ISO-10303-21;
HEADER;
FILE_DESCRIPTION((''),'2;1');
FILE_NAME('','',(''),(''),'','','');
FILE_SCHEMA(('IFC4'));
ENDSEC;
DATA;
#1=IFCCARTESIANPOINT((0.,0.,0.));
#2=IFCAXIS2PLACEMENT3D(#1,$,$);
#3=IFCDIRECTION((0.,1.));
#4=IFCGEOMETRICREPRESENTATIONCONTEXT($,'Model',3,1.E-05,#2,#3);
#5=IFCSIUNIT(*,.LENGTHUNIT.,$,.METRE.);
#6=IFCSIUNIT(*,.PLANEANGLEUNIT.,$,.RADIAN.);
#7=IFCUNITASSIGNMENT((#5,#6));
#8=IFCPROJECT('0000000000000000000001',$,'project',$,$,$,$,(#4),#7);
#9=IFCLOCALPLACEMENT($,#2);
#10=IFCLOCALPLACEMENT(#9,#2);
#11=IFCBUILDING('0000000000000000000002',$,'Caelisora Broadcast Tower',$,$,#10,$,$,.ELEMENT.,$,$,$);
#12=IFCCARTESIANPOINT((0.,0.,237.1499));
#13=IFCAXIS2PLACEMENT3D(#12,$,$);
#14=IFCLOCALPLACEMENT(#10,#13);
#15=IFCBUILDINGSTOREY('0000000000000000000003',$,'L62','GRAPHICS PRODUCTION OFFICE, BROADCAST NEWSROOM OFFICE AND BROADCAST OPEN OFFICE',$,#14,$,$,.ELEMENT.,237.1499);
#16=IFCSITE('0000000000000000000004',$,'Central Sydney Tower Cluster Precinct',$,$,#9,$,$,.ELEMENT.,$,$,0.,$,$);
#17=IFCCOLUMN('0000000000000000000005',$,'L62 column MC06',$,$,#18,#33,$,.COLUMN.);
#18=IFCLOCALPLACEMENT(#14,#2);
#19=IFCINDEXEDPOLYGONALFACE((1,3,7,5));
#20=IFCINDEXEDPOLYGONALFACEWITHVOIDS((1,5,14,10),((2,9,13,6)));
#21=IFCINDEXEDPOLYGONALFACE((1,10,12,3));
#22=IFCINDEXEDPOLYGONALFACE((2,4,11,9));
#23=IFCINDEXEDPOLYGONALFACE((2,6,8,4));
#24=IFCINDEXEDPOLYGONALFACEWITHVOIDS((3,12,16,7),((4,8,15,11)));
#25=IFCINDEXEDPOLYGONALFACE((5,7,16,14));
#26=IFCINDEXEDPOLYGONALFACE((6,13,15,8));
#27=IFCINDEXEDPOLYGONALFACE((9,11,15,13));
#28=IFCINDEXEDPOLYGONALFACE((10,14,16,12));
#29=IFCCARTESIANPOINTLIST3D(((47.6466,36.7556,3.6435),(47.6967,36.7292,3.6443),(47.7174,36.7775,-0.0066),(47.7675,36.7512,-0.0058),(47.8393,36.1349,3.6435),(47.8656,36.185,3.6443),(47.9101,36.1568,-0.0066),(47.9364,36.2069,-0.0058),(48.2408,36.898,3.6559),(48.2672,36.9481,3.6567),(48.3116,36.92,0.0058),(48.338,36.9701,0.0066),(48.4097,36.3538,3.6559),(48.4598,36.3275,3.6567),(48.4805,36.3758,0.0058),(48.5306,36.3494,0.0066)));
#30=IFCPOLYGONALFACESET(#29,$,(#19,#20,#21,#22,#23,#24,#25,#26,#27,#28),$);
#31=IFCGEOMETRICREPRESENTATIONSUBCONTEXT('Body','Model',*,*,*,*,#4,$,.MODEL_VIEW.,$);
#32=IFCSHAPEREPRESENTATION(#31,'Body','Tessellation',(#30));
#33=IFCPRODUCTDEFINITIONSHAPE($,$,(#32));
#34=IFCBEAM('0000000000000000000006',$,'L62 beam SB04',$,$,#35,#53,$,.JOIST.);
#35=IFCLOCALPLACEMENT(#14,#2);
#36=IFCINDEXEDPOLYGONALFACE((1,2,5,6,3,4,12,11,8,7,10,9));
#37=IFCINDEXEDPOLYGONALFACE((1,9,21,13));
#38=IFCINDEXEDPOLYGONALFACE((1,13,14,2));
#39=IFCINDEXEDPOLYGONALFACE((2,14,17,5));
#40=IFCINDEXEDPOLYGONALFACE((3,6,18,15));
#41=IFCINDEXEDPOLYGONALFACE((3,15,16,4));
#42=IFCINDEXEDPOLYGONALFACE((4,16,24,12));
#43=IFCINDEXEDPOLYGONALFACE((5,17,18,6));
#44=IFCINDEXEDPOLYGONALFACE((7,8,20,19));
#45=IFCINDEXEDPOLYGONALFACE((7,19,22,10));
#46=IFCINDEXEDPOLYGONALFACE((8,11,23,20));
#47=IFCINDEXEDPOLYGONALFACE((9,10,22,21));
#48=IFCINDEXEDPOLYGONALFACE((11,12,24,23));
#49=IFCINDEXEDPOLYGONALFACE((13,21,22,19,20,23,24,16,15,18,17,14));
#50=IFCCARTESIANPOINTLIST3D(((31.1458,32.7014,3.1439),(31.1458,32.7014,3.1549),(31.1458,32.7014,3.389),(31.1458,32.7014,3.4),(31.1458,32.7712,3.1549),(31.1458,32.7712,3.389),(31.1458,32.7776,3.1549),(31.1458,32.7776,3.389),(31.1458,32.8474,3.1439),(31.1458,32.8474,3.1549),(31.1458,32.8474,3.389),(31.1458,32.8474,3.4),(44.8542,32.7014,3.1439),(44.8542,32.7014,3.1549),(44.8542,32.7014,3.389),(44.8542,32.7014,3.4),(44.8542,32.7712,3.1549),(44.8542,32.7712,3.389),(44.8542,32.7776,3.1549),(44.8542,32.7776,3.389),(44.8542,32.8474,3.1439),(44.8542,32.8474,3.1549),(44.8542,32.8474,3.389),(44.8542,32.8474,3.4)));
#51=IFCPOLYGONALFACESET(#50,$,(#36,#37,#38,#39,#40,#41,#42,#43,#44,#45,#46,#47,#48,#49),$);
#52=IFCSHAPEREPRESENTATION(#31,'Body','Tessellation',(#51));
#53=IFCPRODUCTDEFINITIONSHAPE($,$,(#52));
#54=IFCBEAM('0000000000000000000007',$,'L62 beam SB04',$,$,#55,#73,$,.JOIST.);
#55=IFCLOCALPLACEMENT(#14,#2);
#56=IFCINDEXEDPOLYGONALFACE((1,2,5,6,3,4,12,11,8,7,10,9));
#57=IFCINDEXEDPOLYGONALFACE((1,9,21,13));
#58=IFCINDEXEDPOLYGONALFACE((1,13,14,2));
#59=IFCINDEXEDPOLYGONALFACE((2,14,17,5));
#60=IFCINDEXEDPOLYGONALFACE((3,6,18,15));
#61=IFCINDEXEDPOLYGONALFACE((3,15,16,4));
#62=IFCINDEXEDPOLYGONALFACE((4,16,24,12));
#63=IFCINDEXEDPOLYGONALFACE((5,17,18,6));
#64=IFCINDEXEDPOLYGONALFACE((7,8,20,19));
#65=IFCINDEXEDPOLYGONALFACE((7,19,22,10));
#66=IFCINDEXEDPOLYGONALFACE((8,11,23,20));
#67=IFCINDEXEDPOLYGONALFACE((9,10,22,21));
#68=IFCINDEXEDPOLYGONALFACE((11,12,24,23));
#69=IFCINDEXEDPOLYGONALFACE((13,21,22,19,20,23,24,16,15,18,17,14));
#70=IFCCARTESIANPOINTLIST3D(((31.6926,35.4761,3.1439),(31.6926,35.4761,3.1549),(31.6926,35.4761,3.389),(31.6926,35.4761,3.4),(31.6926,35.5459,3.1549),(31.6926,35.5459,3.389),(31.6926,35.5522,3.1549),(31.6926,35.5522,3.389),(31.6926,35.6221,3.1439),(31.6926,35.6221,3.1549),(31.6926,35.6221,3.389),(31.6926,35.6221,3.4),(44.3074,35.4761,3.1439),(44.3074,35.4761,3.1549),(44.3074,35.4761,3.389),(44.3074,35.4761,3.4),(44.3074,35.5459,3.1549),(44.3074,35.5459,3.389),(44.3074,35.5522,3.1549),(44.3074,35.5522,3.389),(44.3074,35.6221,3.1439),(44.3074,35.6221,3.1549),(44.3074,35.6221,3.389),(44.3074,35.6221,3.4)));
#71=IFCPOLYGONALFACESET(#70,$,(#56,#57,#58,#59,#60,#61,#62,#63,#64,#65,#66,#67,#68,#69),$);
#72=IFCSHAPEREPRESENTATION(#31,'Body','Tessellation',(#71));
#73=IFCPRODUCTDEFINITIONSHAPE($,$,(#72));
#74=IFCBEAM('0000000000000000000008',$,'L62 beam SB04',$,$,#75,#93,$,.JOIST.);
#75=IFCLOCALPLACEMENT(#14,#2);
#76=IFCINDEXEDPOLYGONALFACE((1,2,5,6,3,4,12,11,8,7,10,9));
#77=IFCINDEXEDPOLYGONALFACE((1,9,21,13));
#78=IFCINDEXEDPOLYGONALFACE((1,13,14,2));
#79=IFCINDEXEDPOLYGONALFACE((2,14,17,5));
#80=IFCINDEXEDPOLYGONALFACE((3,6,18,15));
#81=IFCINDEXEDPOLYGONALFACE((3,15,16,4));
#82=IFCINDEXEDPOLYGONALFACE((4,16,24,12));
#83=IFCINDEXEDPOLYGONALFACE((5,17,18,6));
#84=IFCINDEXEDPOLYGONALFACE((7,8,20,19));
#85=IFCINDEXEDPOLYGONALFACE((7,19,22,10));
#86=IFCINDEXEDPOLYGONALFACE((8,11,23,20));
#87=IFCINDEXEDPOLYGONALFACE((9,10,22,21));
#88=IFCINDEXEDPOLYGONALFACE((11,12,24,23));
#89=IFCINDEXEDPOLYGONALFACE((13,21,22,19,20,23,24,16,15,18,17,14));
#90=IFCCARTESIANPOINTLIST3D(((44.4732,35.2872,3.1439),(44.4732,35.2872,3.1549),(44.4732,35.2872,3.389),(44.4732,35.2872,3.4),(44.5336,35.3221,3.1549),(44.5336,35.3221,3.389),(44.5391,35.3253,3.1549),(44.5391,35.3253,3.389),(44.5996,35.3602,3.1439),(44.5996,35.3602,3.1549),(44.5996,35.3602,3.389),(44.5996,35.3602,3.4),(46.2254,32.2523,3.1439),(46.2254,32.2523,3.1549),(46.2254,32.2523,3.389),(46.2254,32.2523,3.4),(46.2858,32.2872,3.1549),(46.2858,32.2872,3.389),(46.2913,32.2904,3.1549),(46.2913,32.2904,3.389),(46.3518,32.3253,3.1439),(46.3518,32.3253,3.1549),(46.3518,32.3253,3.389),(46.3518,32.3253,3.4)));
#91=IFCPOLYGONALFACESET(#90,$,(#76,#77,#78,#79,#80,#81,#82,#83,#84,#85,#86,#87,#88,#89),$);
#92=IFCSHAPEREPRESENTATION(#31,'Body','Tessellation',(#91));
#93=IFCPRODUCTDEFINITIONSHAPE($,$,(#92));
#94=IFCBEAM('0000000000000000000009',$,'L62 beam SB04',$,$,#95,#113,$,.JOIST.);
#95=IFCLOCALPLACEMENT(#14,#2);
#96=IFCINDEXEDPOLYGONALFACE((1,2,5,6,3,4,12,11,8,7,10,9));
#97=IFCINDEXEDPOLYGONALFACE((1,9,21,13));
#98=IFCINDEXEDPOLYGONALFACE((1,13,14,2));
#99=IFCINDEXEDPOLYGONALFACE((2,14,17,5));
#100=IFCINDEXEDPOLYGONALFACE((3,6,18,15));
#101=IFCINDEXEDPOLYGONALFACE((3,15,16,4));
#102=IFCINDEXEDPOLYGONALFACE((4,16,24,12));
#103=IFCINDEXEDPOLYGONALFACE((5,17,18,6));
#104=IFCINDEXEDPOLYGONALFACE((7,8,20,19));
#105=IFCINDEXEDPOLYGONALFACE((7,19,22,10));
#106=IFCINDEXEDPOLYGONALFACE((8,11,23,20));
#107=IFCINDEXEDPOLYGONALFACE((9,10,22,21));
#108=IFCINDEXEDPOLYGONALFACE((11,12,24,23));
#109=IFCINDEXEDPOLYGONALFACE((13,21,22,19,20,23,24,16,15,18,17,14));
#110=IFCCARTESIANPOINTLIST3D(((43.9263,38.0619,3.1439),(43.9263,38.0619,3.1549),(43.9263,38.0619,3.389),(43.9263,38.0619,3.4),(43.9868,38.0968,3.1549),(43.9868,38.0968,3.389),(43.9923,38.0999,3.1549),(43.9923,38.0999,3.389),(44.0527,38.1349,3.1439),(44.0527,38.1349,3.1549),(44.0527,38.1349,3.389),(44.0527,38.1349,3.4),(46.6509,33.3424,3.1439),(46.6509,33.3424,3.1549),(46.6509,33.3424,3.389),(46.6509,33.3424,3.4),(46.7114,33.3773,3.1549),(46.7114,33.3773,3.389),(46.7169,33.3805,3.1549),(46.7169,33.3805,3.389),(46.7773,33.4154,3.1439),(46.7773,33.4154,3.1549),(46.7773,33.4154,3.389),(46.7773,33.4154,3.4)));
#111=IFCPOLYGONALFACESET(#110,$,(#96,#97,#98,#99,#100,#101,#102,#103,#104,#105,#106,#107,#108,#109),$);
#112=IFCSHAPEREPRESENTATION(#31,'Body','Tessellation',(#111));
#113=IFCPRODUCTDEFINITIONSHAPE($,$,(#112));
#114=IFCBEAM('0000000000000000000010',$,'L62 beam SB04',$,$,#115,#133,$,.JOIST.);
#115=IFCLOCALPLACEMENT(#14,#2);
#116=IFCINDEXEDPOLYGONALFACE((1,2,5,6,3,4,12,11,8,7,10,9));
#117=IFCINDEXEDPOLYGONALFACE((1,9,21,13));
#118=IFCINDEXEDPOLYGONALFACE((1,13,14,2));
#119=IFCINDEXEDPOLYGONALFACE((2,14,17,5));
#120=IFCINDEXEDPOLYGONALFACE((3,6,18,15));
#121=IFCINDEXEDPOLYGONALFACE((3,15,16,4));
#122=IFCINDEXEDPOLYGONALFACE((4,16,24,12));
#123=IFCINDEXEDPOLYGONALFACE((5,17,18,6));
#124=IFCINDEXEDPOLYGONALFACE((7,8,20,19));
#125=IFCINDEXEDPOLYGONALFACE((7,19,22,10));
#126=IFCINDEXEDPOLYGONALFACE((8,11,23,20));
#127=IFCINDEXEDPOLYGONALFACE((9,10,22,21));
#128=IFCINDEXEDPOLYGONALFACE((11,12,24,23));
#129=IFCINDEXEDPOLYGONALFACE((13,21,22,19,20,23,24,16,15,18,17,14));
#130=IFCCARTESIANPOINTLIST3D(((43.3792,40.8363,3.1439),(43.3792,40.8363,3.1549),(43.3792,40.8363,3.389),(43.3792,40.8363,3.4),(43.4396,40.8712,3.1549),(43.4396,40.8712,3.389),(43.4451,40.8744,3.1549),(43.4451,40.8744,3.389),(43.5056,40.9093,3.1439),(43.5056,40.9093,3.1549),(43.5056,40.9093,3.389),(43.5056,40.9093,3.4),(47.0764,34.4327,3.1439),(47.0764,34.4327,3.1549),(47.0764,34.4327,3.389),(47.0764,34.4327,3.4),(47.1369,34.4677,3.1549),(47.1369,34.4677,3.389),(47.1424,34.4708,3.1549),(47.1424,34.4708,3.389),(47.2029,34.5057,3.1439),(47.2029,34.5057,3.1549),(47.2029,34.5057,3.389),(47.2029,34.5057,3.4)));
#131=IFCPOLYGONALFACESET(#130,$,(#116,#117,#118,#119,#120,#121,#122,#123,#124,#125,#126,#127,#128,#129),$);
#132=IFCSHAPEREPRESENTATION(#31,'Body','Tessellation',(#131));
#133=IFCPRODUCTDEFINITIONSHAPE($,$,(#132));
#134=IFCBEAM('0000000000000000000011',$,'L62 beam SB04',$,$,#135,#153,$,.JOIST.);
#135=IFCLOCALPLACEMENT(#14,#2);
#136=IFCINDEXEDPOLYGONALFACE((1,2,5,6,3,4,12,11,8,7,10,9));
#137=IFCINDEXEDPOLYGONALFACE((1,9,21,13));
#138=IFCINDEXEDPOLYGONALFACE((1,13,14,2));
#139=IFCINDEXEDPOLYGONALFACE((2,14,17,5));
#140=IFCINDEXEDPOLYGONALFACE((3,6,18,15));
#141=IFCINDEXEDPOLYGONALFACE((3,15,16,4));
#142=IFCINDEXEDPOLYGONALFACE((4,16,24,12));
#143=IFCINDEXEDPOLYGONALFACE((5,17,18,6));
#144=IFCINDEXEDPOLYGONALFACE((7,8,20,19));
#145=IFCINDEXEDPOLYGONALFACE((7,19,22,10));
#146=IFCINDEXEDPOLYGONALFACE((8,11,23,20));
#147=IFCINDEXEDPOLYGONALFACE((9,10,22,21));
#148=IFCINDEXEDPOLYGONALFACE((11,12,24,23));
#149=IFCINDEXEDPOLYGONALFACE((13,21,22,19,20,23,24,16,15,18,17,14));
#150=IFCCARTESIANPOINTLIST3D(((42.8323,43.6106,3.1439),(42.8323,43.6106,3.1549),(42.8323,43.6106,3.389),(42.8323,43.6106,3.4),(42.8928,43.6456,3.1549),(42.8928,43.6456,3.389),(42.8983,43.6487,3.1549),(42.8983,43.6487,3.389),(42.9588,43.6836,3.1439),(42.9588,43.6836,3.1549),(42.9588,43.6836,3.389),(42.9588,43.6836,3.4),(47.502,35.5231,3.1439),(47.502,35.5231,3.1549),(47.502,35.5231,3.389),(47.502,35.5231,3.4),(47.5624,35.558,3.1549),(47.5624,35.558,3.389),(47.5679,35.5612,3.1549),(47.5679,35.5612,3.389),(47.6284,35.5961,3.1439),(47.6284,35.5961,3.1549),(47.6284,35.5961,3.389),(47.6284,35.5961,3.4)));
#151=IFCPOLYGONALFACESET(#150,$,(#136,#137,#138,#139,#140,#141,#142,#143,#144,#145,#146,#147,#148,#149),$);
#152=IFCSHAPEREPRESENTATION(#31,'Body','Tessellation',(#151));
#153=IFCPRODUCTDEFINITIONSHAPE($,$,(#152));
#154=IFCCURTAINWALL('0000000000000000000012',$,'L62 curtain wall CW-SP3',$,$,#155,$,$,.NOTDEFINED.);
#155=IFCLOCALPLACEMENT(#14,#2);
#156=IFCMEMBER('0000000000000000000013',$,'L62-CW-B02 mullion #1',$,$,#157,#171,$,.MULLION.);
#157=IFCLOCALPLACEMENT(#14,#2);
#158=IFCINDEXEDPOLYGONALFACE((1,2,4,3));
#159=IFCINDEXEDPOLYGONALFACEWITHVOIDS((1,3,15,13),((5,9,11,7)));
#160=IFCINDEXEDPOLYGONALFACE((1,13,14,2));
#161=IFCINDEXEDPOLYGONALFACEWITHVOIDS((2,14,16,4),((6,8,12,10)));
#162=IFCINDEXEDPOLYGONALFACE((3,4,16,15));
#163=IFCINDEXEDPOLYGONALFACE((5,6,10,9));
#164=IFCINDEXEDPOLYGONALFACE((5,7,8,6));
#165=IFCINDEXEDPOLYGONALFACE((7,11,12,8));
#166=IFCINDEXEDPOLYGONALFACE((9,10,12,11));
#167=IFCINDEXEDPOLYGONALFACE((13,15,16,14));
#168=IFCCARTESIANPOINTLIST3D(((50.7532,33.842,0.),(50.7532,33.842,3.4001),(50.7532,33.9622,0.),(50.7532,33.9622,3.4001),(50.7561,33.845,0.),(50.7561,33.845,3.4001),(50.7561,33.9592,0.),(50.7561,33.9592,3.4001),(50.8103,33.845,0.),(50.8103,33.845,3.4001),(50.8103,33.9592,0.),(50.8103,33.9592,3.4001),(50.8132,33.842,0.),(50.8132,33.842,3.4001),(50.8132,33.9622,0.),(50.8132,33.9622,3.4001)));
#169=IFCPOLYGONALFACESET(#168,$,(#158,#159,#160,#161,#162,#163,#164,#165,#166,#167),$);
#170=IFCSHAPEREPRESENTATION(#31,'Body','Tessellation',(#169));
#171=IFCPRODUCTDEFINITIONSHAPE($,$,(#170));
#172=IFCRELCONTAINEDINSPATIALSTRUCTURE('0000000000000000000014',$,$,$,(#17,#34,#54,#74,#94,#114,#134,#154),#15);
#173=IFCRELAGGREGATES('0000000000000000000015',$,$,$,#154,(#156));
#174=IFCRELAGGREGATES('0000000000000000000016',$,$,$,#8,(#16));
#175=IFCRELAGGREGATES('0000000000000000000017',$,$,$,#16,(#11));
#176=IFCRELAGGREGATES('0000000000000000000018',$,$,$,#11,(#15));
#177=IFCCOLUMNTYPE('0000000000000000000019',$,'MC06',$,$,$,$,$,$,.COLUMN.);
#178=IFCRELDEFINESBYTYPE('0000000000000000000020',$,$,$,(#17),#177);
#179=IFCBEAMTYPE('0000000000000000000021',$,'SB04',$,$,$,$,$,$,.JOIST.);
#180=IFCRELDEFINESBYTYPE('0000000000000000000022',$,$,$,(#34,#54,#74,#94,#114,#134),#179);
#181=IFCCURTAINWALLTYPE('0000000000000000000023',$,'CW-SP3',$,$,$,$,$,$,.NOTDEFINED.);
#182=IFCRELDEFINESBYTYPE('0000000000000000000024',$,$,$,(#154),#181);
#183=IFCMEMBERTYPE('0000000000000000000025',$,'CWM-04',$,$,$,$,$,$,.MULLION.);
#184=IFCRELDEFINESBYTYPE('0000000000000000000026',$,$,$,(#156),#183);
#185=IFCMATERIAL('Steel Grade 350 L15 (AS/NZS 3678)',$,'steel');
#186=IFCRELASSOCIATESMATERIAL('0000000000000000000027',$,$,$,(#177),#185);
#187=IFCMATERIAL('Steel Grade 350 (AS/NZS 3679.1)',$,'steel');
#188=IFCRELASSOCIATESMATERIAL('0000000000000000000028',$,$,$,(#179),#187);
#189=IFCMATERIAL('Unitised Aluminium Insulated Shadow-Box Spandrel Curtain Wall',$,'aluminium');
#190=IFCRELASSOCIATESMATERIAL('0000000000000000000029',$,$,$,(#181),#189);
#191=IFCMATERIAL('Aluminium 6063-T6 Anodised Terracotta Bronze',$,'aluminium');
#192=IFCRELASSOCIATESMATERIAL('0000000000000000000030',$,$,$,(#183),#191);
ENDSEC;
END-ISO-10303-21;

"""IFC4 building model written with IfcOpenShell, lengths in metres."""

from ifc_helpers import new_model, si_unit, direction, frame, origin, origin_2d, place, context, subcontext, project, spatial, hollow_rectangle, i_section, extrude, source, transform, mapped, material, material_profile, profile_set, type_object, type_shapes, element, aggregate, save


model = new_model("IFC4")

# Units and contexts
model_context = context("Model", 3, precision=1e-05, world=origin(), true_north=direction((0.0, 1.0)))
body_context = subcontext(model_context, "Body", "Model", "MODEL_VIEW")
ifc_project = project(units=[si_unit("LENGTHUNIT", "METRE"), si_unit("PLANEANGLEUNIT", "RADIAN")], contexts=[model_context])

# Site, building, storey
site_placement = place(None, origin())
site = spatial("IfcSite", under=ifc_project, at=site_placement, Name="Central Sydney Tower Cluster Precinct", CompositionType="ELEMENT", RefElevation=0.0)
building_placement = place(site_placement, origin())
building = spatial("IfcBuilding", under=site, at=building_placement, Name="Caelisora Broadcast Tower", CompositionType="ELEMENT")
storey_placement = place(building_placement, frame((0.0, 0.0, 237.1499)))
storey = spatial("IfcBuildingStorey", under=building, at=storey_placement, Name="L62", Description="GRAPHICS PRODUCTION OFFICE, BROADCAST NEWSROOM OFFICE AND BROADCAST OPEN OFFICE", CompositionType="ELEMENT", Elevation=237.1499)

# Column
ifc_material_1 = material(Name="Steel Grade 350 L15 (AS/NZS 3678)", Category="steel")
ifc_material_profile_1 = material_profile(ifc_material_1, hollow_rectangle(XDim=0.6499, YDim=0.6499, WallThickness=0.04, at=origin_2d()), Name="Steel Grade 350 L15 (AS/NZS 3678)")
ifc_profile_set_1 = profile_set([ifc_material_profile_1], Name="Steel Grade 350 L15 (AS/NZS 3678)")
column_type = type_object("IfcColumnType", Name="MC06", PredefinedType="COLUMN", material=ifc_profile_set_1)
shared_shape_1 = source(origin(), body_context, "Body", "SweptSolid", [
    extrude(hollow_rectangle(XDim=0.6499, YDim=0.6499, WallThickness=0.04, at=origin_2d()), origin(), (0.0, 0.0, 1.0), 3.6509),
])
type_shapes(column_type, [shared_shape_1])
column_placement = place(storey_placement, frame((48.124, 36.5635, 0.0), z_axis=(-0.019393, -0.006018, 0.999794), x_axis=(0.296399, -0.955064, 0.0)))
element("IfcColumn", 1, at=column_placement, inside=storey, type_object=column_type, Name="L62 column MC06", PredefinedType="COLUMN", context=body_context, shape_type="MappedRepresentation", body=[
    mapped(shared_shape_1, transform((0.0, 0.0, 0.0), scale=1.0)),
])

# Beams
ifc_material_2 = material(Name="Steel Grade 350 (AS/NZS 3679.1)", Category="steel")
ifc_material_profile_2 = material_profile(ifc_material_2, i_section(OverallWidth=0.146, OverallDepth=0.2561, WebThickness=0.0063, FlangeThickness=0.011, at=origin_2d()), Name="Steel Grade 350 (AS/NZS 3679.1)")
ifc_profile_set_2 = profile_set([ifc_material_profile_2], Name="Steel Grade 350 (AS/NZS 3679.1)")
beam_type = type_object("IfcBeamType", Name="SB04", PredefinedType="JOIST", material=ifc_profile_set_2)
shared_shape_2 = source(origin(), body_context, "Body", "SweptSolid", [
    extrude(i_section(OverallWidth=0.146, OverallDepth=0.2561, WebThickness=0.0063, FlangeThickness=0.011, at=origin_2d()), origin(), (0.0, 0.0, 1.0), 13.7085),
])
beam_1_placement = place(storey_placement, frame((44.8542, 32.7744, 3.272), z_axis=(-1.0, 0.0, 0.0), x_axis=(0.0, -1.0, 0.0)))
element("IfcBeam", 2, at=beam_1_placement, inside=storey, type_object=beam_type, Name="L62 beam SB04", PredefinedType="JOIST", context=body_context, shape_type="MappedRepresentation", body=[
    mapped(shared_shape_2, transform((0.0, 0.0, 0.0), scale=1.0)),
])
shared_shape_3 = source(origin(), body_context, "Body", "SweptSolid", [
    extrude(i_section(OverallWidth=0.146, OverallDepth=0.2561, WebThickness=0.0063, FlangeThickness=0.011, at=origin_2d()), origin(), (0.0, 0.0, 1.0), 12.6147),
])
beam_2_placement = place(storey_placement, frame((44.3074, 35.5491, 3.272), z_axis=(-1.0, 0.0, 0.0), x_axis=(0.0, -1.0, 0.0)))
element("IfcBeam", 3, at=beam_2_placement, inside=storey, type_object=beam_type, Name="L62 beam SB04", PredefinedType="JOIST", context=body_context, shape_type="MappedRepresentation", body=[
    mapped(shared_shape_3, transform((0.0, 0.0, 0.0), scale=1.0)),
])
shared_shape_4 = source(origin(), body_context, "Body", "SweptSolid", [
    extrude(i_section(OverallWidth=0.146, OverallDepth=0.2561, WebThickness=0.0063, FlangeThickness=0.011, at=origin_2d()), origin(), (0.0, 0.0, 1.0), 3.5044),
])
beam_3_placement = place(storey_placement, frame((46.2886, 32.2888, 3.272), z_axis=(-0.499998, 0.866027, 0.0), x_axis=(-0.866027, -0.499998, 0.0)))
element("IfcBeam", 4, at=beam_3_placement, inside=storey, type_object=beam_type, Name="L62 beam SB04", PredefinedType="JOIST", context=body_context, shape_type="MappedRepresentation", body=[
    mapped(shared_shape_4, transform((0.0, 0.0, 0.0), scale=1.0)),
])
shared_shape_5 = source(origin(), body_context, "Body", "SweptSolid", [
    extrude(i_section(OverallWidth=0.146, OverallDepth=0.2561, WebThickness=0.0063, FlangeThickness=0.011, at=origin_2d()), origin(), (0.0, 0.0, 1.0), 5.4495),
])
beam_4_placement = place(storey_placement, frame((46.7141, 33.3789, 3.272), z_axis=(-0.499975, 0.86604, 0.0), x_axis=(-0.86604, -0.499975, 0.0)))
element("IfcBeam", 5, at=beam_4_placement, inside=storey, type_object=beam_type, Name="L62 beam SB04", PredefinedType="JOIST", context=body_context, shape_type="MappedRepresentation", body=[
    mapped(shared_shape_5, transform((0.0, 0.0, 0.0), scale=1.0)),
])
shared_shape_6 = source(origin(), body_context, "Body", "SweptSolid", [
    extrude(i_section(OverallWidth=0.146, OverallDepth=0.2561, WebThickness=0.0063, FlangeThickness=0.011, at=origin_2d()), origin(), (0.0, 0.0, 1.0), 7.3943),
])
beam_5_placement = place(storey_placement, frame((47.1396, 34.4692, 3.272), z_axis=(-0.500017, 0.866016, 0.0), x_axis=(-0.866016, -0.500017, 0.0)))
element("IfcBeam", 6, at=beam_5_placement, inside=storey, type_object=beam_type, Name="L62 beam SB04", PredefinedType="JOIST", context=body_context, shape_type="MappedRepresentation", body=[
    mapped(shared_shape_6, transform((0.0, 0.0, 0.0), scale=1.0)),
])
shared_shape_7 = source(origin(), body_context, "Body", "SweptSolid", [
    extrude(i_section(OverallWidth=0.146, OverallDepth=0.2561, WebThickness=0.0063, FlangeThickness=0.011, at=origin_2d()), origin(), (0.0, 0.0, 1.0), 9.3389),
])
type_shapes(beam_type, [shared_shape_2, shared_shape_3, shared_shape_4, shared_shape_5, shared_shape_6, shared_shape_7])
beam_6_placement = place(storey_placement, frame((47.5652, 35.5596, 3.272), z_axis=(-0.500022, 0.866013, 0.0), x_axis=(-0.866013, -0.500022, 0.0)))
element("IfcBeam", 7, at=beam_6_placement, inside=storey, type_object=beam_type, Name="L62 beam SB04", PredefinedType="JOIST", context=body_context, shape_type="MappedRepresentation", body=[
    mapped(shared_shape_7, transform((0.0, 0.0, 0.0), scale=1.0)),
])

# Curtain wall, member
ifc_material_3 = material(Name="Unitised Aluminium Insulated Shadow-Box Spandrel Curtain Wall", Category="aluminium")
curtain_wall_type = type_object("IfcCurtainWallType", Name="CW-SP3", PredefinedType="NOTDEFINED", material=ifc_material_3)
curtain_wall_placement = place(storey_placement, origin())
curtain_wall = element("IfcCurtainWall", 8, at=curtain_wall_placement, inside=storey, type_object=curtain_wall_type, Name="L62 curtain wall CW-SP3", PredefinedType="NOTDEFINED")
ifc_material_4 = material(Name="Aluminium 6063-T6 Anodised Terracotta Bronze", Category="aluminium")
ifc_material_profile_3 = material_profile(ifc_material_4, hollow_rectangle(XDim=0.0601, YDim=0.1201, WallThickness=0.0029, at=origin_2d()), Name="Aluminium 6063-T6 Anodised Terracotta Bronze")
ifc_profile_set_3 = profile_set([ifc_material_profile_3], Name="Aluminium 6063-T6 Anodised Terracotta Bronze")
member_type = type_object("IfcMemberType", Name="CWM-04", PredefinedType="MULLION", material=ifc_profile_set_3)
shared_shape_8 = source(origin(), body_context, "Body", "SweptSolid", [
    extrude(hollow_rectangle(XDim=0.0601, YDim=0.1201, WallThickness=0.0029, at=origin_2d()), origin(), (0.0, 0.0, 1.0), 3.4001),
])
type_shapes(member_type, [shared_shape_8])
member_placement = place(storey_placement, frame((50.7832, 33.9021, 0.0), z_axis=(0.0, 0.0, 1.0), x_axis=(1.0, 0.0, 0.0)))
member = element("IfcMember", 9, at=member_placement, type_object=member_type, Name="L62-CW-B02 mullion #1", PredefinedType="MULLION", context=body_context, shape_type="MappedRepresentation", body=[
    mapped(shared_shape_8, transform((0.0, 0.0, 0.0), scale=1.0)),
])

aggregate(curtain_wall, [member])

save(model, "model.ifc")
